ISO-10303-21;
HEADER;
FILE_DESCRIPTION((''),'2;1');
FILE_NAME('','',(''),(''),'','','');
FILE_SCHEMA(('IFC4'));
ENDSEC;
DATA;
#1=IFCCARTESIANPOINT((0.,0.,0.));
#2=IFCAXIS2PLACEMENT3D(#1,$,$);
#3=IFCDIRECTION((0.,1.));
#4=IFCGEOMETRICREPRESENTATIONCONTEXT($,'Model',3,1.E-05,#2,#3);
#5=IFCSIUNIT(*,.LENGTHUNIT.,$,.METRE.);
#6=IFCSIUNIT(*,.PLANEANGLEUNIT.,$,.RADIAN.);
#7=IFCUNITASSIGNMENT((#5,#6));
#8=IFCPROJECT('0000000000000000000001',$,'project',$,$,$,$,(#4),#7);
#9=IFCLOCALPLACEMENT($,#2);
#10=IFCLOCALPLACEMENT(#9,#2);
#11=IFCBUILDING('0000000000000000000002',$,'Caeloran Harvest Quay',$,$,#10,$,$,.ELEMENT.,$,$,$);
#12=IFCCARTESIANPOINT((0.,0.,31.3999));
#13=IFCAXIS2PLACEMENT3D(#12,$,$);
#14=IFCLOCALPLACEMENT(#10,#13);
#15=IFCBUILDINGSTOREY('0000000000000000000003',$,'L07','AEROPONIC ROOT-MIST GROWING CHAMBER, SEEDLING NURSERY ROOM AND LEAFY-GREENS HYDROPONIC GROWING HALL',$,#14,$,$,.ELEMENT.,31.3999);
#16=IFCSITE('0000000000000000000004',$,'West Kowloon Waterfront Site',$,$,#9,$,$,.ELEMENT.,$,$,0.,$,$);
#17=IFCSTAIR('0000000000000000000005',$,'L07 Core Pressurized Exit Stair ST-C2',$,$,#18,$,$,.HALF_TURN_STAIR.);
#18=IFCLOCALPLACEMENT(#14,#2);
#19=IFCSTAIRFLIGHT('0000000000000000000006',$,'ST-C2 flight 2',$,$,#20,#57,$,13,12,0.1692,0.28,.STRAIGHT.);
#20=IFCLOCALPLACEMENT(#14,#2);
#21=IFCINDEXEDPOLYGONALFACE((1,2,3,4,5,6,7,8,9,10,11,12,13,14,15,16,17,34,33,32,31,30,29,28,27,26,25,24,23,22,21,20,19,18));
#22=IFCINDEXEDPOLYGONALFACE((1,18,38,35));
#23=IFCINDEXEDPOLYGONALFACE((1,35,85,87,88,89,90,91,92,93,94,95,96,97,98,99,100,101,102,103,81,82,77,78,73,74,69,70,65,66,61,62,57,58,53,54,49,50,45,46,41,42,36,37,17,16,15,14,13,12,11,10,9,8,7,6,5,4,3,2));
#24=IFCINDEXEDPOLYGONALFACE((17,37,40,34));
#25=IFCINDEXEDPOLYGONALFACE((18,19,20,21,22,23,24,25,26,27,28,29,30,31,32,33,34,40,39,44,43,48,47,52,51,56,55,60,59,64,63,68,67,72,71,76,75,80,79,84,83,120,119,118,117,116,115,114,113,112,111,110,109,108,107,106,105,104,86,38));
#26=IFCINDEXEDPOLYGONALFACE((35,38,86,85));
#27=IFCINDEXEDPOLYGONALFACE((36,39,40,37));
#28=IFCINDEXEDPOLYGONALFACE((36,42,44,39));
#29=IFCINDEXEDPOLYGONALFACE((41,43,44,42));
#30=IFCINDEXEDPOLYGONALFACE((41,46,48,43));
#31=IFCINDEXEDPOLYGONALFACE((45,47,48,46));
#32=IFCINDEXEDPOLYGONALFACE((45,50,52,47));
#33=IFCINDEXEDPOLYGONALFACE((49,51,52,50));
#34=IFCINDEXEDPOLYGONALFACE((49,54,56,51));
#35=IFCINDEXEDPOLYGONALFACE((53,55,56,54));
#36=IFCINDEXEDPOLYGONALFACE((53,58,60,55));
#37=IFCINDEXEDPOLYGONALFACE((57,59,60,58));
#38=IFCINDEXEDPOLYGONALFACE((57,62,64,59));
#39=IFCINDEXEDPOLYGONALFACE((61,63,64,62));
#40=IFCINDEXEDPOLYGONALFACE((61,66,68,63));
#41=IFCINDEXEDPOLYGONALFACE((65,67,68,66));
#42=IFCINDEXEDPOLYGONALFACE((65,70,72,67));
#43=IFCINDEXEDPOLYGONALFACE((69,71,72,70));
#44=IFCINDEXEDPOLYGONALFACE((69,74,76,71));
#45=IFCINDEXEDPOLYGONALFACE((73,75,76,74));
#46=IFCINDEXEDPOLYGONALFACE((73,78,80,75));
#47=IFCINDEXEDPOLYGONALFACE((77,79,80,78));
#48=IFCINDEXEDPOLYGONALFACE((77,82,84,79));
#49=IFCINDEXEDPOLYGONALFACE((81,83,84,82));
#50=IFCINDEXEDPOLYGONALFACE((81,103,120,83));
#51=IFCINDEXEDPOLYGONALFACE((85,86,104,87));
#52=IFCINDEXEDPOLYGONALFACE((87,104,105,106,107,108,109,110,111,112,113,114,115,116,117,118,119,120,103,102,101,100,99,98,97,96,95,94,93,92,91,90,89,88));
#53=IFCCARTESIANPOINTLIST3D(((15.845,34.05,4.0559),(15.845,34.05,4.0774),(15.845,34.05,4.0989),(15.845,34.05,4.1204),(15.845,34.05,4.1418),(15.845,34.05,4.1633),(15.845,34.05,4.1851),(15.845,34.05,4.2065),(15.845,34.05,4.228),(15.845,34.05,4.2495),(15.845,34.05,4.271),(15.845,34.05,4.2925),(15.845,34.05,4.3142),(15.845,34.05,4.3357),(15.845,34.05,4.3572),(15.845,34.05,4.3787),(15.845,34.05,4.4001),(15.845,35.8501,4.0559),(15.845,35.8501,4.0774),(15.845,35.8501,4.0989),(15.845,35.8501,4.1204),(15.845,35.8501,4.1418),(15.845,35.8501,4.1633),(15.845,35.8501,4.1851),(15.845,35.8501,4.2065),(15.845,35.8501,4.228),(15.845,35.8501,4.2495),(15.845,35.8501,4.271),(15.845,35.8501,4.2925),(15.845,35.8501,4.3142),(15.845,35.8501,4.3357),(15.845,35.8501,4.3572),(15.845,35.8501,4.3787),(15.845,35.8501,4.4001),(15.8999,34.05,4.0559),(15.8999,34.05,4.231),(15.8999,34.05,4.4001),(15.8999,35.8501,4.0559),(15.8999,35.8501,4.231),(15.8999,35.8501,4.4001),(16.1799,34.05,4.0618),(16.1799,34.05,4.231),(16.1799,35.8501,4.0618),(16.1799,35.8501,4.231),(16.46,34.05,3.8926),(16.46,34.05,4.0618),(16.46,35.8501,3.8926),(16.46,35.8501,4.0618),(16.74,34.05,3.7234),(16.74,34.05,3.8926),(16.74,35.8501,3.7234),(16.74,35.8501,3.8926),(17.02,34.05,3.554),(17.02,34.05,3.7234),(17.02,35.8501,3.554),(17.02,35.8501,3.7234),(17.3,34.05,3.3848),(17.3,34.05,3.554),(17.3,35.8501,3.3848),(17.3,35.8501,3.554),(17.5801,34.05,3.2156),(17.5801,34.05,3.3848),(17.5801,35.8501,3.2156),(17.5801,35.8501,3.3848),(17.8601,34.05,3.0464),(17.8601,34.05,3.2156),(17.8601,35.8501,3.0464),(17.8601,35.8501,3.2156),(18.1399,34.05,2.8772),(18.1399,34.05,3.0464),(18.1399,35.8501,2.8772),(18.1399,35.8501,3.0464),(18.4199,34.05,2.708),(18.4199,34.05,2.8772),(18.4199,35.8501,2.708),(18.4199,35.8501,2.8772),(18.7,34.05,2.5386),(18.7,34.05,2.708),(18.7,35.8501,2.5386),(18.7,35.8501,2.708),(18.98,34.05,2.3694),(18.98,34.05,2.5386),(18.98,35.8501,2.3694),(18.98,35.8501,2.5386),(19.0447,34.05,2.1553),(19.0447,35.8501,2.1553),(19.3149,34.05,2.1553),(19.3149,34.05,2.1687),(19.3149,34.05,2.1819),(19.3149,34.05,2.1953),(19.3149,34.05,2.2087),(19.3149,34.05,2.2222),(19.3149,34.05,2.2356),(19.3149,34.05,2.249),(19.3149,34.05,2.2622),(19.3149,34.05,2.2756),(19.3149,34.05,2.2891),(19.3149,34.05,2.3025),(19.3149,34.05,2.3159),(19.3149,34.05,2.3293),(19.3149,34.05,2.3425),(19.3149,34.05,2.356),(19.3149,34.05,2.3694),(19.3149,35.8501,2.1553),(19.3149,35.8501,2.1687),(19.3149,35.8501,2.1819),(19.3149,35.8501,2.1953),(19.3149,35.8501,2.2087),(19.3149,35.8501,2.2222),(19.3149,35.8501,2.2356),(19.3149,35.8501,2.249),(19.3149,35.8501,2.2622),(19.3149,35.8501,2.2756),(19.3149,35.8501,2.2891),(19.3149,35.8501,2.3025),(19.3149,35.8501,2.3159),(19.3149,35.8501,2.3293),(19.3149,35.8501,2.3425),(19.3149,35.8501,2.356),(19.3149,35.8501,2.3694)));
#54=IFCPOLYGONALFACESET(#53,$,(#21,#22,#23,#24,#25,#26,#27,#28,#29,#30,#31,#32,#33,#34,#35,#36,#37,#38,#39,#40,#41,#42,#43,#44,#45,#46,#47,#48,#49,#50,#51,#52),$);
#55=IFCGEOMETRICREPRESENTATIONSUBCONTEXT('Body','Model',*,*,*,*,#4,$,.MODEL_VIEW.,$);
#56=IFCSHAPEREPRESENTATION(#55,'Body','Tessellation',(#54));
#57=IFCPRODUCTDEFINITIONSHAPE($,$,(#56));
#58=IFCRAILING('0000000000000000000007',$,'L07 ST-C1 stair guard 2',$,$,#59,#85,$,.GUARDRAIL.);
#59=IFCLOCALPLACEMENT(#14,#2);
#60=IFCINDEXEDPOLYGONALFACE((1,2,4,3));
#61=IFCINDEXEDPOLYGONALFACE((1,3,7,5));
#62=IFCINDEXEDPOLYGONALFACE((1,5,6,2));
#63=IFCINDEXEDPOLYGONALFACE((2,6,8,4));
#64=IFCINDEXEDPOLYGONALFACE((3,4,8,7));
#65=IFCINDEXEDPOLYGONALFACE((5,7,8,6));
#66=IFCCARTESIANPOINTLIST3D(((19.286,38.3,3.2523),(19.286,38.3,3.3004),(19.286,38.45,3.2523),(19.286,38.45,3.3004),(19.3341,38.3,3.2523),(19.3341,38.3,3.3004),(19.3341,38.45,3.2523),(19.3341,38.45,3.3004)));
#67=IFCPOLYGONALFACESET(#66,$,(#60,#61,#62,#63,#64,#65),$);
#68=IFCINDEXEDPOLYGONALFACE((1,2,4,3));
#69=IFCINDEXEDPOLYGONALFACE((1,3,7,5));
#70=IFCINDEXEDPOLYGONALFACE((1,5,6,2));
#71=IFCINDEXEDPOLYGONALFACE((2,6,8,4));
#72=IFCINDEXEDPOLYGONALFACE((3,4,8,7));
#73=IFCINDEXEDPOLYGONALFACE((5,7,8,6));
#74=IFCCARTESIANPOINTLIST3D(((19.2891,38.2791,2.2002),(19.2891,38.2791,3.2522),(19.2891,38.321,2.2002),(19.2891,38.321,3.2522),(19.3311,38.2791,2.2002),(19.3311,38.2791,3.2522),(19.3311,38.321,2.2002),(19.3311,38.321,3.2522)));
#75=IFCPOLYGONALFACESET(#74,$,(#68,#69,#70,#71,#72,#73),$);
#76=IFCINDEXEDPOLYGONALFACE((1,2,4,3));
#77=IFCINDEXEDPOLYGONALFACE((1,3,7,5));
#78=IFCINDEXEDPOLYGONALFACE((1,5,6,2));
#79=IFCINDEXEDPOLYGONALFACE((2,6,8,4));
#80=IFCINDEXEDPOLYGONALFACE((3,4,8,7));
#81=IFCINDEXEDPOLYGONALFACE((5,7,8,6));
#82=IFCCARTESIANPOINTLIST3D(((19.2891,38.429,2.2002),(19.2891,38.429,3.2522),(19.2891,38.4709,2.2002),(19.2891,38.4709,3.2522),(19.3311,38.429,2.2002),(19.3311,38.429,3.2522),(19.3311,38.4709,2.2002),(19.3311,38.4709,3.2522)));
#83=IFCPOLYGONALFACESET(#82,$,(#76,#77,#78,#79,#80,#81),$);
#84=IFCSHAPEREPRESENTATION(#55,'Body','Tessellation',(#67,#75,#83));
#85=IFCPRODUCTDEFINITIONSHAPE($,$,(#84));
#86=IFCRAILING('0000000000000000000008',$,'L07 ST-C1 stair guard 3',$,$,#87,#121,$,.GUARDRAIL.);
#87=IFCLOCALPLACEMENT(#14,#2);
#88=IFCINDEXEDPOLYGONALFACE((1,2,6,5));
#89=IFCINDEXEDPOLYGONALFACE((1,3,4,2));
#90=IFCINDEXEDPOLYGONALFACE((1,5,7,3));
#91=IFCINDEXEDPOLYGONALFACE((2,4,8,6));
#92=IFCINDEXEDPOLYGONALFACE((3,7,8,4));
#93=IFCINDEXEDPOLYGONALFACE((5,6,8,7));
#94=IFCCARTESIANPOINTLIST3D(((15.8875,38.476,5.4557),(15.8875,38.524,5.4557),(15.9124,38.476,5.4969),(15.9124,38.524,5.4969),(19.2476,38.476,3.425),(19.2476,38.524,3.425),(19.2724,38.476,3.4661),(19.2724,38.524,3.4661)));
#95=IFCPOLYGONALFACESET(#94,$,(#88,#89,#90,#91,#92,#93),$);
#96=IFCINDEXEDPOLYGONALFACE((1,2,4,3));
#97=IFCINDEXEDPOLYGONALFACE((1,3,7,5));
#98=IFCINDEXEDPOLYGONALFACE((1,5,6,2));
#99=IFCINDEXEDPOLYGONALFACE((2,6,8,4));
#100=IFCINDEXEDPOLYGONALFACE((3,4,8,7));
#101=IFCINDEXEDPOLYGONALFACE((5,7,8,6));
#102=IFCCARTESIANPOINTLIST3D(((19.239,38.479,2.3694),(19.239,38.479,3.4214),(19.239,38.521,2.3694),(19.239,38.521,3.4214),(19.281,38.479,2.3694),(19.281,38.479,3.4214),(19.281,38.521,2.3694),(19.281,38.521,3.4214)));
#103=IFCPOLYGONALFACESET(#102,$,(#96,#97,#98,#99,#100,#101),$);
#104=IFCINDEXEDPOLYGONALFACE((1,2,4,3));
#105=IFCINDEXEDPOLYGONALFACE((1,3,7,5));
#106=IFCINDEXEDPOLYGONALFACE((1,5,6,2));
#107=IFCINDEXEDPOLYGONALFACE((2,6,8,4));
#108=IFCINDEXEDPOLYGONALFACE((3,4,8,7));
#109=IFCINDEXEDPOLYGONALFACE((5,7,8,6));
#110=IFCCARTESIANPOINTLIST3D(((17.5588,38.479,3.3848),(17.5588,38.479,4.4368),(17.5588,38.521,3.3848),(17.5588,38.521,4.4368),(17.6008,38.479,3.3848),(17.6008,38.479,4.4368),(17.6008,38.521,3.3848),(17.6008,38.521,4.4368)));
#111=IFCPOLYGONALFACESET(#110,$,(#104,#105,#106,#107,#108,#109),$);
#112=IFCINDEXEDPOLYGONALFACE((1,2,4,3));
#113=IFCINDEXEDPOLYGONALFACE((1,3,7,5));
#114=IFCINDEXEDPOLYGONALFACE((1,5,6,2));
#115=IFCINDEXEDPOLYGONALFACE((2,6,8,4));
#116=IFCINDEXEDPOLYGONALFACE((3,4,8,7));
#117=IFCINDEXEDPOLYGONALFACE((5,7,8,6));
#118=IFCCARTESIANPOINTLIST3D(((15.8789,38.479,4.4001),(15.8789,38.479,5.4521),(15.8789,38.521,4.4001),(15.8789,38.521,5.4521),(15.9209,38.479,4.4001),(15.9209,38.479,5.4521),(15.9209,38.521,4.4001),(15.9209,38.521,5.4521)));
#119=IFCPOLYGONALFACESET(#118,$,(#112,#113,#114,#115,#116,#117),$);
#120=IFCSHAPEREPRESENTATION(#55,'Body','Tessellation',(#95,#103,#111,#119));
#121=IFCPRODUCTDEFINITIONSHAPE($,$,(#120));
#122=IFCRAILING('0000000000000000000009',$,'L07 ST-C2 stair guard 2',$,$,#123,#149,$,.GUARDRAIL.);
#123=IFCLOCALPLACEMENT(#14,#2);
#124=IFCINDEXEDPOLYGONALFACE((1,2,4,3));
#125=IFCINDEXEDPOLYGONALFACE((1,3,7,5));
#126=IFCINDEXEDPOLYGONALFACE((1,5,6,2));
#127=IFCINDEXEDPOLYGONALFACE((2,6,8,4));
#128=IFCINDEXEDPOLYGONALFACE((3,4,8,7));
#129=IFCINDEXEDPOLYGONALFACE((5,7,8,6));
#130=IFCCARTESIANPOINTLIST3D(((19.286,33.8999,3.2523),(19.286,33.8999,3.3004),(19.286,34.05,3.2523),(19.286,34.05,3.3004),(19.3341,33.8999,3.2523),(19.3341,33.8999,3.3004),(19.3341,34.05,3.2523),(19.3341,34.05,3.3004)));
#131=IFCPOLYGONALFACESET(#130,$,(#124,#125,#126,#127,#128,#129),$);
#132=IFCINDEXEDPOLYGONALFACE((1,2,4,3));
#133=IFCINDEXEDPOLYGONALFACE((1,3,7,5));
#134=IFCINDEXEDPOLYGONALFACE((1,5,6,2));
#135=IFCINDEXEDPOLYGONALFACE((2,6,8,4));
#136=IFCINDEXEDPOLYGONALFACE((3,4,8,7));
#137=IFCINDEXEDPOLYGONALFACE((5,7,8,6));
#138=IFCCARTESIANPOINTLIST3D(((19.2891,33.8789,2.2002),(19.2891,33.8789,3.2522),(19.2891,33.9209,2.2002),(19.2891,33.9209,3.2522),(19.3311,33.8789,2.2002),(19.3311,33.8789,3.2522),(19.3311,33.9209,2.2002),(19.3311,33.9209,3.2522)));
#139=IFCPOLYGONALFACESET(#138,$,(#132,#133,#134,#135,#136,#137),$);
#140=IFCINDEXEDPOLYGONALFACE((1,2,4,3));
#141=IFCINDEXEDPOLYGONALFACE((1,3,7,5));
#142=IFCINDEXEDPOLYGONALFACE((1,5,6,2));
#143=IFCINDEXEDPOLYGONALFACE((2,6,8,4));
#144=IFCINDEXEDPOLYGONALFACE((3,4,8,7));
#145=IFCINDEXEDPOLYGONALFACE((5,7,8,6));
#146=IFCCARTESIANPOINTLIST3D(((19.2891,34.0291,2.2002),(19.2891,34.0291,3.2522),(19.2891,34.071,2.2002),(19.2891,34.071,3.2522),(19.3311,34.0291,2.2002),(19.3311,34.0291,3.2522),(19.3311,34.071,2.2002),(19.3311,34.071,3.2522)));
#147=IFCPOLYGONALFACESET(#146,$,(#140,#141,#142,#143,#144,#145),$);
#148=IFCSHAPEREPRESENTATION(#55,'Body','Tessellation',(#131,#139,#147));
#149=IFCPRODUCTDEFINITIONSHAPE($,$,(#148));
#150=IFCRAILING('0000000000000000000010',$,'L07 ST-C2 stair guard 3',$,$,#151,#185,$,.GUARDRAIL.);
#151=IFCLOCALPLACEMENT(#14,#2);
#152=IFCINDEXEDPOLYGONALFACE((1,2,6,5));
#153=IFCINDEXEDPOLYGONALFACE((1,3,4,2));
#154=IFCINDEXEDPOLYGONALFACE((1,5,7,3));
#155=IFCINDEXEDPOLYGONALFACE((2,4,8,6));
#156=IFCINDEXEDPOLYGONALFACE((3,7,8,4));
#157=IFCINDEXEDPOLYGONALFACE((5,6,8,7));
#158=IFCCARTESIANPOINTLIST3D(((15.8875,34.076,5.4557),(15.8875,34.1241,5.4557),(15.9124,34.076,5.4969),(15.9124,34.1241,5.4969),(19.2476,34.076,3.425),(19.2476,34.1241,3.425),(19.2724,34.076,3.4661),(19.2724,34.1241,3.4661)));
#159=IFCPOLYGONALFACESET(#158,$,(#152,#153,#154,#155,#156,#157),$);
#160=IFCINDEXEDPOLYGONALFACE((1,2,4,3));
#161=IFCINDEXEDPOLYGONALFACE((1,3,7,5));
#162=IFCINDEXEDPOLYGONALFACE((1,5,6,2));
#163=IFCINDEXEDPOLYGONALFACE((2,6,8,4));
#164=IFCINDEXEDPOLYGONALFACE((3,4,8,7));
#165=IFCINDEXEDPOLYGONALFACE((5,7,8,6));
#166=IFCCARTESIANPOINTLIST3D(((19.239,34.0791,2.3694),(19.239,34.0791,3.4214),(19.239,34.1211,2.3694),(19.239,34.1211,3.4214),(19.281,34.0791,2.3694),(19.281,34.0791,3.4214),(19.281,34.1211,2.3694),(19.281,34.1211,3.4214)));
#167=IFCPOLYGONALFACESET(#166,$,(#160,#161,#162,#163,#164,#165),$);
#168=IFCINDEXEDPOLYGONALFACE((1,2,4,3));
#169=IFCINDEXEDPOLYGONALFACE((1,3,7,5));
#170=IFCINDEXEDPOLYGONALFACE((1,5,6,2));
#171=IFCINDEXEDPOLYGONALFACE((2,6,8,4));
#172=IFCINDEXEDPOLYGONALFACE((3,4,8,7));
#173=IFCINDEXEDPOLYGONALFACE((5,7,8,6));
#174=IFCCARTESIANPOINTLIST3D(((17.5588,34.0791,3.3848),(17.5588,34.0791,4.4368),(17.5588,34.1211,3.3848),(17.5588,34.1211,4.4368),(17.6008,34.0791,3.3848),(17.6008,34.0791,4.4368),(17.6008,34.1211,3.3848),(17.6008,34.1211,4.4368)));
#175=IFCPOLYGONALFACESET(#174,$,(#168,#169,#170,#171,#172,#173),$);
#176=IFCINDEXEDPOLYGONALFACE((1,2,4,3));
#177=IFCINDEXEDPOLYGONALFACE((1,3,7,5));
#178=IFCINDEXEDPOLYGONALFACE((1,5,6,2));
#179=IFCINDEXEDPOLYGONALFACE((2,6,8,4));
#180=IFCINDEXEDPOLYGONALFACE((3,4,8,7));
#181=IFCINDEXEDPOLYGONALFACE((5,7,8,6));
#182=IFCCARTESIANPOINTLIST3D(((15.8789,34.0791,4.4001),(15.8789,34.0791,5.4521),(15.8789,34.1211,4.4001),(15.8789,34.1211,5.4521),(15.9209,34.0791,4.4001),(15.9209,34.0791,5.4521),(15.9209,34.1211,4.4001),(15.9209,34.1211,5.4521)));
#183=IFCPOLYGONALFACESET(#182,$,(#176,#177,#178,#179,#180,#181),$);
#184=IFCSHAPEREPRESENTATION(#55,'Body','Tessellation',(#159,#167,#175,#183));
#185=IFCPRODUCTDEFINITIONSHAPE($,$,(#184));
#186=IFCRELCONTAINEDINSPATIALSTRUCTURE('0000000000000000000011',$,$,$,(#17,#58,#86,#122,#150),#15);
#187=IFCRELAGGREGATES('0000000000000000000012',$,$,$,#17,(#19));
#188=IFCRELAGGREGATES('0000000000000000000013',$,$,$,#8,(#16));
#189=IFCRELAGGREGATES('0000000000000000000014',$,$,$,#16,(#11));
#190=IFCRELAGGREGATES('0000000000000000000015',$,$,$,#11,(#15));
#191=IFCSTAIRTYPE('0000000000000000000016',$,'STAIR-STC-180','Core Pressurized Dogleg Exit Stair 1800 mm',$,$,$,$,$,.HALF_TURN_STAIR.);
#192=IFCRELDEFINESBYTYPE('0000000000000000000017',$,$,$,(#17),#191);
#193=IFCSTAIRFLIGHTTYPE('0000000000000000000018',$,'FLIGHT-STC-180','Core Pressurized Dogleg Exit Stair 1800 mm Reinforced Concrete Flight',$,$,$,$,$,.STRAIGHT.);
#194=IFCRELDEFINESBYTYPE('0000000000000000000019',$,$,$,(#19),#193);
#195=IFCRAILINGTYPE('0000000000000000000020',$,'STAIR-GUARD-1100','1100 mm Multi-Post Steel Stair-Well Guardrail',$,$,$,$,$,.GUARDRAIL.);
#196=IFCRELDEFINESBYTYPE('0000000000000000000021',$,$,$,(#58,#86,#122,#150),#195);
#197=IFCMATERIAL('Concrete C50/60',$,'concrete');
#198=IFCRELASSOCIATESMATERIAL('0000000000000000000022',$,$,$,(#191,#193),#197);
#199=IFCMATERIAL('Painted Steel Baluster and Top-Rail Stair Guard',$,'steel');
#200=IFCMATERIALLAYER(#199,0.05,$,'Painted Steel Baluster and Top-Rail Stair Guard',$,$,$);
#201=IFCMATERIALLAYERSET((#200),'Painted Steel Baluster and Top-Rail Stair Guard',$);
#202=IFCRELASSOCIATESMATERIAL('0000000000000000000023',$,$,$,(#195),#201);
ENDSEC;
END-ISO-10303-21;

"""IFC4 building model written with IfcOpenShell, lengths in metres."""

from ifc_helpers import new_model, si_unit, direction, frame, origin, origin_2d, place, context, subcontext, project, spatial, polyline, rectangle, outline, extrude, material, layer, layer_set, type_object, element, aggregate, save


model = new_model("IFC4")

# Units and contexts
model_context = context("Model", 3, precision=1e-05, world=origin(), true_north=direction((0.0, 1.0)))
body_context = subcontext(model_context, "Body", "Model", "MODEL_VIEW")
ifc_project = project(units=[si_unit("LENGTHUNIT", "METRE"), si_unit("PLANEANGLEUNIT", "RADIAN")], contexts=[model_context])

# Site, building, storey
site_placement = place(None, origin())
site = spatial("IfcSite", under=ifc_project, at=site_placement, Name="West Kowloon Waterfront Site", CompositionType="ELEMENT", RefElevation=0.0)
building_placement = place(site_placement, origin())
building = spatial("IfcBuilding", under=site, at=building_placement, Name="Caeloran Harvest Quay", CompositionType="ELEMENT")
storey_placement = place(building_placement, frame((0.0, 0.0, 31.3999)))
storey = spatial("IfcBuildingStorey", under=building, at=storey_placement, Name="L07", Description="AEROPONIC ROOT-MIST GROWING CHAMBER, SEEDLING NURSERY ROOM AND LEAFY-GREENS HYDROPONIC GROWING HALL", CompositionType="ELEMENT", Elevation=31.3999)

# Shared definitions
ifc_material_1 = material(Name="Concrete C50/60", Category="concrete")

# Stair, stair flight
stair_type = type_object("IfcStairType", Name="STAIR-STC-180", Description="Core Pressurized Dogleg Exit Stair 1800 mm", PredefinedType="HALF_TURN_STAIR", material=ifc_material_1)
stair_flight_type = type_object("IfcStairFlightType", Name="FLIGHT-STC-180", Description="Core Pressurized Dogleg Exit Stair 1800 mm Reinforced Concrete Flight", PredefinedType="STRAIGHT", material=ifc_material_1)
stair_1_placement = place(storey_placement, origin())
stair_1 = element("IfcStair", 1, at=stair_1_placement, inside=storey, type_object=stair_type, Name="L07 Core Pressurized Exit Stair ST-C2", PredefinedType="HALF_TURN_STAIR")
stair_flight_1_placement = place(storey_placement, frame((19.26, 34.95, 2.2002), z_axis=(0.0, 0.0, 1.0), x_axis=(-1.0, 0.0, 0.0)))
stair_flight_1 = element("IfcStairFlight", 2, at=stair_flight_1_placement, type_object=stair_flight_type, Name="ST-C2 flight 2", NumberOfRisers=13, NumberOfTreads=12, PredefinedType="STRAIGHT", RiserHeight=0.1692, TreadLength=0.28, context=body_context, shape_type="SweptSolid", body=[
    extrude(outline(polyline([(-0.0549, -0.0449), (-0.0549, -0.0315), (-0.0549, -0.0183), (-0.0549, -0.0049), (-0.0549, 0.0085), (-0.0549, 0.022), (-0.0549, 0.0354), (-0.0549, 0.0488), (-0.0549, 0.062), (-0.0549, 0.0754), (-0.0549, 0.0889), (-0.0549, 0.1023), (-0.0549, 0.1157), (-0.0549, 0.1292), (-0.0549, 0.1423), (-0.0549, 0.1558), (-0.0549, 0.1692), (0.28, 0.1692), (0.28, 0.3384), (0.5601, 0.3384), (0.5601, 0.5078), (0.8401, 0.5078), (0.8401, 0.677), (1.1201, 0.677), (1.1201, 0.8462), (1.3999, 0.8462), (1.3999, 1.0154), (1.6799, 1.0154), (1.6799, 1.1846), (1.96, 1.1846), (1.96, 1.3538), (2.24, 1.3538), (2.24, 1.5232), (2.52, 1.5232), (2.52, 1.6924), (2.8, 1.6924), (2.8, 1.8616), (3.0801, 1.8616), (3.0801, 2.0308), (3.3601, 2.0308), (3.3601, 2.2), (3.415, 2.2), (3.415, 2.1785), (3.415, 2.157), (3.415, 2.1355), (3.415, 2.114), (3.415, 2.0923), (3.415, 2.0708), (3.415, 2.0493), (3.415, 2.0278), (3.415, 2.0063), (3.415, 1.9849), (3.415, 1.9631), (3.415, 1.9417), (3.415, 1.9202), (3.415, 1.8987), (3.415, 1.8772), (3.415, 1.8557), (3.3601, 1.8557), (0.2153, -0.0449), (-0.0549, -0.0449)])), frame((0.0, 0.8999, 0.0), z_axis=(0.0, -1.0, 0.0), x_axis=(1.0, 0.0, 0.0)), (0.0, 0.0, 1.0), 1.8),
])
aggregate(stair_1, [stair_flight_1])

# Railings
ifc_material_2 = material(Name="Painted Steel Baluster and Top-Rail Stair Guard", Category="steel")
ifc_layer_1 = layer(ifc_material_2, 0.05, Name="Painted Steel Baluster and Top-Rail Stair Guard")
ifc_layer_set_1 = layer_set([ifc_layer_1], Name="Painted Steel Baluster and Top-Rail Stair Guard")
railing_type_1 = type_object("IfcRailingType", Name="STAIR-GUARD-1100", Description="1100 mm Multi-Post Steel Stair-Well Guardrail", PredefinedType="GUARDRAIL", material=ifc_layer_set_1)
railing_1_placement = place(storey_placement, frame((19.3101, 38.3, 2.2002)))
element("IfcRailing", 3, at=railing_1_placement, inside=storey, type_object=railing_type_1, Name="L07 ST-C1 stair guard 2", PredefinedType="GUARDRAIL", context=body_context, shape_type="SweptSolid", body=[
    extrude(rectangle(XDim=0.0481, YDim=0.0481, at=origin_2d()), frame((0.0, 0.0, 1.0762), z_axis=(0.0, 1.0, 0.0), x_axis=(-1.0, 0.0, 0.0)), (0.0, 0.0, 1.0), 0.1499),
    extrude(rectangle(XDim=0.042, YDim=0.042, at=origin_2d()), origin(), (0.0, 0.0, 1.0), 1.052),
    extrude(rectangle(XDim=0.042, YDim=0.042, at=origin_2d()), frame((0.0, 0.1499, 0.0)), (0.0, 0.0, 1.0), 1.052),
])
railing_2_placement = place(storey_placement, frame((19.26, 38.5, 2.3694)))
element("IfcRailing", 4, at=railing_2_placement, inside=storey, type_object=railing_type_1, Name="L07 ST-C1 stair guard 3", PredefinedType="GUARDRAIL", context=body_context, shape_type="SweptSolid", body=[
    extrude(rectangle(XDim=0.0481, YDim=0.0481, at=origin_2d()), frame((0.0, 0.0, 1.0762), z_axis=(-0.855837, 0.0, 0.517246), x_axis=(0.0, -1.0, 0.0)), (0.0, 0.0, 1.0), 3.926),
    extrude(rectangle(XDim=0.042, YDim=0.042, at=origin_2d()), origin(), (0.0, 0.0, 1.0), 1.052),
    extrude(rectangle(XDim=0.042, YDim=0.042, at=origin_2d()), frame((-1.6802, 0.0, 1.0154)), (0.0, 0.0, 1.0), 1.052),
    extrude(rectangle(XDim=0.042, YDim=0.042, at=origin_2d()), frame((-3.3601, 0.0, 2.0308)), (0.0, 0.0, 1.0), 1.052),
])
railing_3_placement = place(storey_placement, frame((19.3101, 33.8999, 2.2002)))
element("IfcRailing", 5, at=railing_3_placement, inside=storey, type_object=railing_type_1, Name="L07 ST-C2 stair guard 2", PredefinedType="GUARDRAIL", context=body_context, shape_type="SweptSolid", body=[
    extrude(rectangle(XDim=0.0481, YDim=0.0481, at=origin_2d()), frame((0.0, 0.0, 1.0762), z_axis=(0.0, 1.0, 0.0), x_axis=(-1.0, 0.0, 0.0)), (0.0, 0.0, 1.0), 0.1501),
    extrude(rectangle(XDim=0.042, YDim=0.042, at=origin_2d()), origin(), (0.0, 0.0, 1.0), 1.052),
    extrude(rectangle(XDim=0.042, YDim=0.042, at=origin_2d()), frame((0.0, 0.1501, 0.0)), (0.0, 0.0, 1.0), 1.052),
])
railing_4_placement = place(storey_placement, frame((19.26, 34.1001, 2.3694)))
element("IfcRailing", 6, at=railing_4_placement, inside=storey, type_object=railing_type_1, Name="L07 ST-C2 stair guard 3", PredefinedType="GUARDRAIL", context=body_context, shape_type="SweptSolid", body=[
    extrude(rectangle(XDim=0.0481, YDim=0.0481, at=origin_2d()), frame((0.0, 0.0, 1.0762), z_axis=(-0.855837, 0.0, 0.517246), x_axis=(0.0, -1.0, 0.0)), (0.0, 0.0, 1.0), 3.926),
    extrude(rectangle(XDim=0.042, YDim=0.042, at=origin_2d()), origin(), (0.0, 0.0, 1.0), 1.052),
    extrude(rectangle(XDim=0.042, YDim=0.042, at=origin_2d()), frame((-1.6802, 0.0, 1.0154)), (0.0, 0.0, 1.0), 1.052),
    extrude(rectangle(XDim=0.042, YDim=0.042, at=origin_2d()), frame((-3.3601, 0.0, 2.0308)), (0.0, 0.0, 1.0), 1.052),
])

save(model, "model.ifc")
